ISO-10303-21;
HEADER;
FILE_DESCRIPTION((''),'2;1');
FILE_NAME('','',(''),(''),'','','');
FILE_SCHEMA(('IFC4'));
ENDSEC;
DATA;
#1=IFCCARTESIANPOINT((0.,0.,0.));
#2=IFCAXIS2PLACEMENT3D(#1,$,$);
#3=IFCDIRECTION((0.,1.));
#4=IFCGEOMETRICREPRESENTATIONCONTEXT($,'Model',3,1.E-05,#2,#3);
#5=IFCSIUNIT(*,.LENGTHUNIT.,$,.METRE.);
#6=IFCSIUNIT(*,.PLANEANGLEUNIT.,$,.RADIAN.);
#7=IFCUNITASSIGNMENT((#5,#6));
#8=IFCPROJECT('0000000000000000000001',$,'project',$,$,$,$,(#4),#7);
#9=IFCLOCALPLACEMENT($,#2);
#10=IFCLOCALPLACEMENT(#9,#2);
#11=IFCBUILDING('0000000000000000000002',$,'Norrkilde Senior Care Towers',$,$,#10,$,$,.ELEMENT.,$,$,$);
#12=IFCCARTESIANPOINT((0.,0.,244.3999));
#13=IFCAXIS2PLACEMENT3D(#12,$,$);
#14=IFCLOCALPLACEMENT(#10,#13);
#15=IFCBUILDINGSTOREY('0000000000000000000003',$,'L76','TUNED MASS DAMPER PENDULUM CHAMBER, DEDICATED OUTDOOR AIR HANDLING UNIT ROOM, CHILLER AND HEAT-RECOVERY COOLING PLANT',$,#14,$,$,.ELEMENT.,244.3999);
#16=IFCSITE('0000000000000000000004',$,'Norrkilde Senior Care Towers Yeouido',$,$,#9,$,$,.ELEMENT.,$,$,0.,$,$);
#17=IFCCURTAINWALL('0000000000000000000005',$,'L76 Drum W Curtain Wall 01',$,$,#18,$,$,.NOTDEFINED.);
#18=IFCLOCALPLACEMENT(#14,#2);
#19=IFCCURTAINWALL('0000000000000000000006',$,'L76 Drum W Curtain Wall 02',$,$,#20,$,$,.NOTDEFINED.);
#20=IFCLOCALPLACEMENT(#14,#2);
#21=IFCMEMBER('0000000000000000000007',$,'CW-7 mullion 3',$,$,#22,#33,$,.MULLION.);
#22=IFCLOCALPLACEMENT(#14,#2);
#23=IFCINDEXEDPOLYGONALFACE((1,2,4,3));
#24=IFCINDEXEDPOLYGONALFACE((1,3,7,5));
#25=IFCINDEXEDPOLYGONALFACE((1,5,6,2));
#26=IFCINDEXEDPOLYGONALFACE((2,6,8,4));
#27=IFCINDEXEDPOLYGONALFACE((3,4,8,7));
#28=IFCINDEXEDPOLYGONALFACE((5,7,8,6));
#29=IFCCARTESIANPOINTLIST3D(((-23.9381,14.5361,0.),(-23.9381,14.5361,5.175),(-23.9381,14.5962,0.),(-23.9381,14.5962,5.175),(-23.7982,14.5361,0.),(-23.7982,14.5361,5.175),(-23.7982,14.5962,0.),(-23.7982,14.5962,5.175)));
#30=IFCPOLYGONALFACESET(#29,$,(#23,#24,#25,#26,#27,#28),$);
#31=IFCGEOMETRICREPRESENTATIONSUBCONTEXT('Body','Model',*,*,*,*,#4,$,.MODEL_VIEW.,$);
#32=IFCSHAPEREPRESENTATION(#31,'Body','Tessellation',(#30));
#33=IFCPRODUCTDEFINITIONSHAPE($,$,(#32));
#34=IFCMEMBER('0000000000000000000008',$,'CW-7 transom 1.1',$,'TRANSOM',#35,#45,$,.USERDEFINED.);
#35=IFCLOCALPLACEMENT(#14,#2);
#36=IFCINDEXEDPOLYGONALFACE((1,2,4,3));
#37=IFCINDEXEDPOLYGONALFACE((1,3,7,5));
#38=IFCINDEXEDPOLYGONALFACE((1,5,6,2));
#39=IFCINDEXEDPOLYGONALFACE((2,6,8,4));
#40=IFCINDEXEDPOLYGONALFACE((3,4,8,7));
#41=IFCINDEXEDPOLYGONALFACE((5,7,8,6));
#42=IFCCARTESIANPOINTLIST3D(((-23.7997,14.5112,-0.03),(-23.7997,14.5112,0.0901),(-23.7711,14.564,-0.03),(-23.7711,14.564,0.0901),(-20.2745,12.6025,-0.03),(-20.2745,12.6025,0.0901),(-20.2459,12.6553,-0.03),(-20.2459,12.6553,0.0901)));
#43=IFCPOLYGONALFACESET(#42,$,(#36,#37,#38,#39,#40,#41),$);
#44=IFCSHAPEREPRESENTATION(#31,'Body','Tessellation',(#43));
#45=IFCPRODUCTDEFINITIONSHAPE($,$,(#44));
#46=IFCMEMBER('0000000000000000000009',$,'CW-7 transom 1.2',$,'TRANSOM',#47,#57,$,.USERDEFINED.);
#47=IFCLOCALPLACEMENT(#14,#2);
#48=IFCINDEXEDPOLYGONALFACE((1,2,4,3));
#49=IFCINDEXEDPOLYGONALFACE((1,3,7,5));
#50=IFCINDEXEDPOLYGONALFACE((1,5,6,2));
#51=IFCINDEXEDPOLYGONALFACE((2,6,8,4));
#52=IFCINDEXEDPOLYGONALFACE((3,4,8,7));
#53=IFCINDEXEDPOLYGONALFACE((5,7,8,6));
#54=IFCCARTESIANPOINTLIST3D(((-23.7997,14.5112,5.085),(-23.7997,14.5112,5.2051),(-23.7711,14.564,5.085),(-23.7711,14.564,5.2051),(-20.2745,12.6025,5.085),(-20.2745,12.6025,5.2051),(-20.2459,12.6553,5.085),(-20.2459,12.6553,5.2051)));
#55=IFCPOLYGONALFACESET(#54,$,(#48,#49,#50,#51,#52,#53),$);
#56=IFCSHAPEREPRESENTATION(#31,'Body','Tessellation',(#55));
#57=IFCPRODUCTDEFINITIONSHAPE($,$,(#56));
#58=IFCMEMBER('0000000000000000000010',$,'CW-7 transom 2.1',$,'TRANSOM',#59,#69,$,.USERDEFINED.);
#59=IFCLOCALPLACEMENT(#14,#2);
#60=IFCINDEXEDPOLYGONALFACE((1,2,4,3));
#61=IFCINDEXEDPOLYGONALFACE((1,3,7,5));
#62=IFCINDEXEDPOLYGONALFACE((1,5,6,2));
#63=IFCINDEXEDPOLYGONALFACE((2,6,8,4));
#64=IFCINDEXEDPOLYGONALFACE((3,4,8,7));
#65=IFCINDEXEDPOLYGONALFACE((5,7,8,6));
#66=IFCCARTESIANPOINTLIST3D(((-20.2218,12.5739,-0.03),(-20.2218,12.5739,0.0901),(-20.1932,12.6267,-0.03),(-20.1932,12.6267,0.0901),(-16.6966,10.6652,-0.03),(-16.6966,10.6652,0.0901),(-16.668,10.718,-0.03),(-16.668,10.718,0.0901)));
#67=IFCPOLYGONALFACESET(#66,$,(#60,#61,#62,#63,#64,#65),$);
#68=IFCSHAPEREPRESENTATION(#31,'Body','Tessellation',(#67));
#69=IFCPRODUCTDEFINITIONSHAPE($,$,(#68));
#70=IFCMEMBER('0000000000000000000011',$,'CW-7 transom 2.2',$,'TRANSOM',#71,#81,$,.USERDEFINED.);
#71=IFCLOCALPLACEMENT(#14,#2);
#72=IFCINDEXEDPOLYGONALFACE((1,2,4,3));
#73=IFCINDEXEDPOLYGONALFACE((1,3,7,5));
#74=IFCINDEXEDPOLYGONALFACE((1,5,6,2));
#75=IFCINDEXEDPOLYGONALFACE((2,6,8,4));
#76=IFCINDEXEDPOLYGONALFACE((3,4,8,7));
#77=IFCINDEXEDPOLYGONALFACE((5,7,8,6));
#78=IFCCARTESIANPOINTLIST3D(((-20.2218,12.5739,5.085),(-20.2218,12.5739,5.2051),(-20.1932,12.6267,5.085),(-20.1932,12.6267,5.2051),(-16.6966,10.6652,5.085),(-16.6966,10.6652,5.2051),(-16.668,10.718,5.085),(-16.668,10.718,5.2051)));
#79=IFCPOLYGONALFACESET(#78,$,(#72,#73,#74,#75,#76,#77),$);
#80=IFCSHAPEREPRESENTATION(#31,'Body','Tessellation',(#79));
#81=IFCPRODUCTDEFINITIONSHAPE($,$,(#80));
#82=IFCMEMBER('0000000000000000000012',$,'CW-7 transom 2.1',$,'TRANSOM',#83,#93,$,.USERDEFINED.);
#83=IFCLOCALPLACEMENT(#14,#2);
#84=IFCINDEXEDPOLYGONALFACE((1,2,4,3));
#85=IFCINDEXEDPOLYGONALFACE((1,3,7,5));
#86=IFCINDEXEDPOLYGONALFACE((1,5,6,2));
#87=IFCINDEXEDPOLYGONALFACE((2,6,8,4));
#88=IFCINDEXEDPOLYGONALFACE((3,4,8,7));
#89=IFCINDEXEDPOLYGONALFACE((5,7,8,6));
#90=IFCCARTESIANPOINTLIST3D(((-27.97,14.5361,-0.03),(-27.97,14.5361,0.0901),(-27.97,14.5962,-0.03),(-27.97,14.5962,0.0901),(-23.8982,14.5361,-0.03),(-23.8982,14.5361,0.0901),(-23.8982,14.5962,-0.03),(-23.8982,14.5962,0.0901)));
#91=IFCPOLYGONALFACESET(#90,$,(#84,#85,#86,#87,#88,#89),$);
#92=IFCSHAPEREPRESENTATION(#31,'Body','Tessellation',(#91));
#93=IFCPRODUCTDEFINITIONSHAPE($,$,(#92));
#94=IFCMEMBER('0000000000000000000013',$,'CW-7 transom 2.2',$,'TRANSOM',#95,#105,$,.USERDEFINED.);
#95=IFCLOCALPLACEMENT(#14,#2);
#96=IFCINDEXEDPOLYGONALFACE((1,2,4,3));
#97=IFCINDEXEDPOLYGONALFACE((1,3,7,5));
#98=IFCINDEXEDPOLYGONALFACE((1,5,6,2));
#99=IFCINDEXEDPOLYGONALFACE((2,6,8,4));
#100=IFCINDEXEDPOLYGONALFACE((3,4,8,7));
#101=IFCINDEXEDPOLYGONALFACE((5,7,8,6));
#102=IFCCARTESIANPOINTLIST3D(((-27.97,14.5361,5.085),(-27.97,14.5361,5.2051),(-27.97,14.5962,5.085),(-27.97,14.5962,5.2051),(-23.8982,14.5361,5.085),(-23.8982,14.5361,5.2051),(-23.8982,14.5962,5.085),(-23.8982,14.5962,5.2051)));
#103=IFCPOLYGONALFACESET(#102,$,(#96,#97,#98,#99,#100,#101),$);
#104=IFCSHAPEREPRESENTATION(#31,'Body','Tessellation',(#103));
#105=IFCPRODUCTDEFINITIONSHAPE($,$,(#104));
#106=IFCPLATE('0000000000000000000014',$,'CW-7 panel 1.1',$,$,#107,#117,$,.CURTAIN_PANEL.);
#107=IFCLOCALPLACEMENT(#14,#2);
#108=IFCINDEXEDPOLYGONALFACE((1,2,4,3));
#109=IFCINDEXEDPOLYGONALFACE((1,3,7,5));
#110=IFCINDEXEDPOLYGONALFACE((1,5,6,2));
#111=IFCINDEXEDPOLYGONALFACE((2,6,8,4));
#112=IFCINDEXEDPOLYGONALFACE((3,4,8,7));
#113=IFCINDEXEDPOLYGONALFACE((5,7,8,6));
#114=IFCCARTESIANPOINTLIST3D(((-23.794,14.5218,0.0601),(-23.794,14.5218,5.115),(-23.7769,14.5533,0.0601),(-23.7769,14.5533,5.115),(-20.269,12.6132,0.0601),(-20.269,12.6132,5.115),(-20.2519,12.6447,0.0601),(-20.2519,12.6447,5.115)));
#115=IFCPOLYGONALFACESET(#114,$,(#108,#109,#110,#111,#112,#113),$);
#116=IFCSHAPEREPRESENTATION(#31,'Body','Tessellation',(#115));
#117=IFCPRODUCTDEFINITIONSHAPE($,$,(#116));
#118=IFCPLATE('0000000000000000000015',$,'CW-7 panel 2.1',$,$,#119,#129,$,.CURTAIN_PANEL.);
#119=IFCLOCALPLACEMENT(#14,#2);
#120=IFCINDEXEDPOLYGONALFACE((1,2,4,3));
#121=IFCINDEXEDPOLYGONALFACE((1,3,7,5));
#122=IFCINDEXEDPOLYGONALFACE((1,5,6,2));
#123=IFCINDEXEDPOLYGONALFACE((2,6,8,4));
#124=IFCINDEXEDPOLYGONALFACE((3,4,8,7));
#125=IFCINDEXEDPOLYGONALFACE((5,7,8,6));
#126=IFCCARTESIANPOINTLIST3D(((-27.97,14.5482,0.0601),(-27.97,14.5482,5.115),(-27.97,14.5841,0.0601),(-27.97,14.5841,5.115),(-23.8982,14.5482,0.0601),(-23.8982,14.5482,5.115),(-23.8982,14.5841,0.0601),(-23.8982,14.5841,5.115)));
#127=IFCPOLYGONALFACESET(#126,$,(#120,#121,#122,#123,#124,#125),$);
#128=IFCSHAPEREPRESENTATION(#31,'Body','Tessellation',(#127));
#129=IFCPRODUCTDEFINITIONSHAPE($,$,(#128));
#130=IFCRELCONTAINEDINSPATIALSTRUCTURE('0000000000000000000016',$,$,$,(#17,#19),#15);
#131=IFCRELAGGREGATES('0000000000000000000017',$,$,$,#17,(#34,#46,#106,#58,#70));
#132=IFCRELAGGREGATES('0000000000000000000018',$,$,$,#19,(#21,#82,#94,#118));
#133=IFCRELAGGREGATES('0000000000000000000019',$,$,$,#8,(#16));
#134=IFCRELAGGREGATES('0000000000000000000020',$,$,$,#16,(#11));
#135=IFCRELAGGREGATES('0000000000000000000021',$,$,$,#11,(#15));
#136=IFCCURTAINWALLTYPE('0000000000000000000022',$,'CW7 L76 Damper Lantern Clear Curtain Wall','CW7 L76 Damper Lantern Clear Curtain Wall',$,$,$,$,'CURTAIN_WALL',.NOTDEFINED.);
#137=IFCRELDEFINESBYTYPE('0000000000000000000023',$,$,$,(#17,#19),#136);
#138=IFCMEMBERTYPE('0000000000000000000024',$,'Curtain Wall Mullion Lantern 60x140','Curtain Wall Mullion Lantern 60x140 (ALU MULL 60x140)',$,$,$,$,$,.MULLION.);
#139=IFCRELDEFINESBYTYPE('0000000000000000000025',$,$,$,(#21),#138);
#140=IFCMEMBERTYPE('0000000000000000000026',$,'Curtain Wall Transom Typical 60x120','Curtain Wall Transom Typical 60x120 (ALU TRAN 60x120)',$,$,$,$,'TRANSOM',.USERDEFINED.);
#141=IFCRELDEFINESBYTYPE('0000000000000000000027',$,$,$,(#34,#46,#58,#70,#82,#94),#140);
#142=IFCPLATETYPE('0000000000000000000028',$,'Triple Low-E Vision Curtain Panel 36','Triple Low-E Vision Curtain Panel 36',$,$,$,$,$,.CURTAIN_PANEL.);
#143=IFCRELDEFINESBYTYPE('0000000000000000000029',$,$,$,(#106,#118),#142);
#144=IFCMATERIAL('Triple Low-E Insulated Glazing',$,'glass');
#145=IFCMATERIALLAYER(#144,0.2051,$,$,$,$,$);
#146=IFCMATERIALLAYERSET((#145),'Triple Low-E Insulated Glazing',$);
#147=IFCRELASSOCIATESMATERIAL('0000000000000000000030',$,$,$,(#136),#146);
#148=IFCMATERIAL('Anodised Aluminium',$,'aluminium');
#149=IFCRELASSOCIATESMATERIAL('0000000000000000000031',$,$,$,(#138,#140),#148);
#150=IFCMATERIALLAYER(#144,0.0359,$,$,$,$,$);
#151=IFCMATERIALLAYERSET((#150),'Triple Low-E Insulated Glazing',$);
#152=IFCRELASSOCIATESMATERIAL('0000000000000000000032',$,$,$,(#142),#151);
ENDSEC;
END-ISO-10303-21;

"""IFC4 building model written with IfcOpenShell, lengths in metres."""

from ifc_helpers import new_model, si_unit, direction, frame, origin, origin_2d, place, context, subcontext, project, spatial, rectangle, extrude, source, transform, mapped, material, layer, layer_set, material_profile, profile_set, type_object, type_shapes, element, aggregate, save


model = new_model("IFC4")

# Units and contexts
model_context = context("Model", 3, precision=1e-05, world=origin(), true_north=direction((0.0, 1.0)))
body_context = subcontext(model_context, "Body", "Model", "MODEL_VIEW")
ifc_project = project(units=[si_unit("LENGTHUNIT", "METRE"), si_unit("PLANEANGLEUNIT", "RADIAN")], contexts=[model_context])

# Site, building, storey
site_placement = place(None, origin())
site = spatial("IfcSite", under=ifc_project, at=site_placement, Name="Norrkilde Senior Care Towers Yeouido", CompositionType="ELEMENT", RefElevation=0.0)
building_placement = place(site_placement, origin())
building = spatial("IfcBuilding", under=site, at=building_placement, Name="Norrkilde Senior Care Towers", CompositionType="ELEMENT")
storey_placement = place(building_placement, frame((0.0, 0.0, 244.3999)))
storey = spatial("IfcBuildingStorey", under=building, at=storey_placement, Name="L76", Description="TUNED MASS DAMPER PENDULUM CHAMBER, DEDICATED OUTDOOR AIR HANDLING UNIT ROOM, CHILLER AND HEAT-RECOVERY COOLING PLANT", CompositionType="ELEMENT", Elevation=244.3999)

# Curtain wall
ifc_material_1 = material(Name="Triple Low-E Insulated Glazing", Category="glass")
ifc_layer_1 = layer(ifc_material_1, 0.2051)
ifc_layer_set_1 = layer_set([ifc_layer_1], Name="Triple Low-E Insulated Glazing")
curtain_wall_type = type_object("IfcCurtainWallType", Name="CW7 L76 Damper Lantern Clear Curtain Wall", Description="CW7 L76 Damper Lantern Clear Curtain Wall", ElementType="CURTAIN_WALL", PredefinedType="NOTDEFINED", material=ifc_layer_set_1)
curtain_wall_1_placement = place(storey_placement, origin())
curtain_wall_1 = element("IfcCurtainWall", 1, at=curtain_wall_1_placement, inside=storey, type_object=curtain_wall_type, Name="L76 Drum W Curtain Wall 01", PredefinedType="NOTDEFINED")
ifc_material_2 = material(Name="Anodised Aluminium", Category="aluminium")
ifc_material_profile_1 = material_profile(ifc_material_2, rectangle(XDim=0.0601, YDim=0.1399, at=origin_2d()), Name="ALU MULL 60x140")
ifc_profile_set_1 = profile_set([ifc_material_profile_1], Name="Anodised Aluminium")
member_type_1 = type_object("IfcMemberType", Name="Curtain Wall Mullion Lantern 60x140", Description="Curtain Wall Mullion Lantern 60x140 (ALU MULL 60x140)", PredefinedType="MULLION", material=ifc_profile_set_1)
shared_shape_1 = source(origin(), body_context, "Body", "SweptSolid", [
    extrude(rectangle(XDim=0.0601, YDim=0.1399, at=origin_2d()), origin(), (0.0, 0.0, 1.0), 5.175),
])
type_shapes(member_type_1, [shared_shape_1])

# Curtain wall, member
curtain_wall_2_placement = place(storey_placement, origin())
curtain_wall_2 = element("IfcCurtainWall", 2, at=curtain_wall_2_placement, inside=storey, type_object=curtain_wall_type, Name="L76 Drum W Curtain Wall 02", PredefinedType="NOTDEFINED")
member_1_placement = place(storey_placement, frame((-23.8682, 14.5662, 0.0), z_axis=(0.0, 0.0, 1.0), x_axis=(0.0, 1.0, 0.0)))
member_1 = element("IfcMember", 3, at=member_1_placement, type_object=member_type_1, Name="CW-7 mullion 3", PredefinedType="MULLION", context=body_context, shape_type="MappedRepresentation", body=[
    mapped(shared_shape_1, transform((0.0, 0.0, 0.0), x_axis=(1.0, 0.0, 0.0), y_axis=(0.0, 1.0, 0.0), z_axis=(0.0, 0.0, 1.0), scale=1.0)),
])

# Members
ifc_material_profile_2 = material_profile(ifc_material_2, rectangle(XDim=0.0601, YDim=0.1201, at=origin_2d()), Name="ALU TRAN 60x120")
ifc_profile_set_2 = profile_set([ifc_material_profile_2], Name="Anodised Aluminium")
member_type_2 = type_object("IfcMemberType", Name="Curtain Wall Transom Typical 60x120", Description="Curtain Wall Transom Typical 60x120 (ALU TRAN 60x120)", ElementType="TRANSOM", PredefinedType="USERDEFINED", material=ifc_profile_set_2)
shared_shape_2 = source(origin(), body_context, "Body", "SweptSolid", [
    extrude(rectangle(XDim=0.0601, YDim=0.1201, at=origin_2d()), origin(), (0.0, 0.0, 1.0), 4.0088),
])
member_2_placement = place(storey_placement, frame((-23.7854, 14.5376, 0.03), z_axis=(0.879372, -0.476136, 0.0), x_axis=(0.476136, 0.879372, 0.0)))
member_2 = element("IfcMember", 4, at=member_2_placement, type_object=member_type_2, Name="CW-7 transom 1.1", ObjectType="TRANSOM", PredefinedType="USERDEFINED", context=body_context, shape_type="MappedRepresentation", body=[
    mapped(shared_shape_2, transform((0.0, 0.0, 0.0), x_axis=(1.0, 0.0, 0.0), y_axis=(0.0, 1.0, 0.0), z_axis=(0.0, 0.0, 1.0), scale=1.0)),
])
member_3_placement = place(storey_placement, frame((-23.7854, 14.5376, 5.145), z_axis=(0.879372, -0.476136, 0.0), x_axis=(0.476136, 0.879372, 0.0)))
member_3 = element("IfcMember", 5, at=member_3_placement, type_object=member_type_2, Name="CW-7 transom 1.2", ObjectType="TRANSOM", PredefinedType="USERDEFINED", context=body_context, shape_type="MappedRepresentation", body=[
    mapped(shared_shape_2, transform((0.0, 0.0, 0.0), x_axis=(1.0, 0.0, 0.0), y_axis=(0.0, 1.0, 0.0), z_axis=(0.0, 0.0, 1.0), scale=1.0)),
])
member_4_placement = place(storey_placement, frame((-20.2075, 12.6003, 0.03), z_axis=(0.879372, -0.476136, 0.0), x_axis=(0.476136, 0.879372, 0.0)))
member_4 = element("IfcMember", 6, at=member_4_placement, type_object=member_type_2, Name="CW-7 transom 2.1", ObjectType="TRANSOM", PredefinedType="USERDEFINED", context=body_context, shape_type="MappedRepresentation", body=[
    mapped(shared_shape_2, transform((0.0, 0.0, 0.0), x_axis=(1.0, 0.0, 0.0), y_axis=(0.0, 1.0, 0.0), z_axis=(0.0, 0.0, 1.0), scale=1.0)),
])
member_5_placement = place(storey_placement, frame((-20.2075, 12.6003, 5.145), z_axis=(0.879372, -0.476136, 0.0), x_axis=(0.476136, 0.879372, 0.0)))
member_5 = element("IfcMember", 7, at=member_5_placement, type_object=member_type_2, Name="CW-7 transom 2.2", ObjectType="TRANSOM", PredefinedType="USERDEFINED", context=body_context, shape_type="MappedRepresentation", body=[
    mapped(shared_shape_2, transform((0.0, 0.0, 0.0), x_axis=(1.0, 0.0, 0.0), y_axis=(0.0, 1.0, 0.0), z_axis=(0.0, 0.0, 1.0), scale=1.0)),
])
shared_shape_3 = source(origin(), body_context, "Body", "SweptSolid", [
    extrude(rectangle(XDim=0.0601, YDim=0.1201, at=origin_2d()), origin(), (0.0, 0.0, 1.0), 4.0718),
])
type_shapes(member_type_2, [shared_shape_2, shared_shape_3])
member_6_placement = place(storey_placement, frame((-27.97, 14.5662, 0.03), z_axis=(1.0, 0.0, 0.0), x_axis=(0.0, 1.0, 0.0)))
member_6 = element("IfcMember", 8, at=member_6_placement, type_object=member_type_2, Name="CW-7 transom 2.1", ObjectType="TRANSOM", PredefinedType="USERDEFINED", context=body_context, shape_type="MappedRepresentation", body=[
    mapped(shared_shape_3, transform((0.0, 0.0, 0.0), x_axis=(1.0, 0.0, 0.0), y_axis=(0.0, 1.0, 0.0), z_axis=(0.0, 0.0, 1.0), scale=1.0)),
])
member_7_placement = place(storey_placement, frame((-27.97, 14.5662, 5.145), z_axis=(1.0, 0.0, 0.0), x_axis=(0.0, 1.0, 0.0)))
member_7 = element("IfcMember", 9, at=member_7_placement, type_object=member_type_2, Name="CW-7 transom 2.2", ObjectType="TRANSOM", PredefinedType="USERDEFINED", context=body_context, shape_type="MappedRepresentation", body=[
    mapped(shared_shape_3, transform((0.0, 0.0, 0.0), x_axis=(1.0, 0.0, 0.0), y_axis=(0.0, 1.0, 0.0), z_axis=(0.0, 0.0, 1.0), scale=1.0)),
])

# Plates
ifc_layer_2 = layer(ifc_material_1, 0.0359)
ifc_layer_set_2 = layer_set([ifc_layer_2], Name="Triple Low-E Insulated Glazing")
plate_type = type_object("IfcPlateType", Name="Triple Low-E Vision Curtain Panel 36", Description="Triple Low-E Vision Curtain Panel 36", PredefinedType="CURTAIN_PANEL", material=ifc_layer_set_2)
shared_shape_4 = source(origin(), body_context, "Body", "SweptSolid", [
    extrude(rectangle(XDim=4.0085, YDim=0.0359, at=origin_2d()), origin(), (0.0, 0.0, 1.0), 5.0549),
])
plate_1_placement = place(storey_placement, frame((-22.0229, 13.5833, 0.0601), z_axis=(0.0, 0.0, 1.0), x_axis=(0.879373, -0.476133, 0.0)))
plate_1 = element("IfcPlate", 10, at=plate_1_placement, type_object=plate_type, Name="CW-7 panel 1.1", PredefinedType="CURTAIN_PANEL", context=body_context, shape_type="MappedRepresentation", body=[
    mapped(shared_shape_4, transform((0.0, 0.0, 0.0), x_axis=(1.0, 0.0, 0.0), y_axis=(0.0, 1.0, 0.0), z_axis=(0.0, 0.0, 1.0), scale=1.0)),
])
aggregate(curtain_wall_1, [member_2, member_3, plate_1, member_4, member_5])
shared_shape_5 = source(origin(), body_context, "Body", "SweptSolid", [
    extrude(rectangle(XDim=4.0718, YDim=0.0359, at=origin_2d()), origin(), (0.0, 0.0, 1.0), 5.0549),
])
type_shapes(plate_type, [shared_shape_4, shared_shape_5])
plate_2_placement = place(storey_placement, frame((-25.9341, 14.5662, 0.0601), z_axis=(0.0, 0.0, 1.0), x_axis=(1.0, 0.0, 0.0)))
plate_2 = element("IfcPlate", 11, at=plate_2_placement, type_object=plate_type, Name="CW-7 panel 2.1", PredefinedType="CURTAIN_PANEL", context=body_context, shape_type="MappedRepresentation", body=[
    mapped(shared_shape_5, transform((0.0, 0.0, 0.0), x_axis=(1.0, 0.0, 0.0), y_axis=(0.0, 1.0, 0.0), z_axis=(0.0, 0.0, 1.0), scale=1.0)),
])
aggregate(curtain_wall_2, [member_1, member_6, member_7, plate_2])

save(model, "model.ifc")
